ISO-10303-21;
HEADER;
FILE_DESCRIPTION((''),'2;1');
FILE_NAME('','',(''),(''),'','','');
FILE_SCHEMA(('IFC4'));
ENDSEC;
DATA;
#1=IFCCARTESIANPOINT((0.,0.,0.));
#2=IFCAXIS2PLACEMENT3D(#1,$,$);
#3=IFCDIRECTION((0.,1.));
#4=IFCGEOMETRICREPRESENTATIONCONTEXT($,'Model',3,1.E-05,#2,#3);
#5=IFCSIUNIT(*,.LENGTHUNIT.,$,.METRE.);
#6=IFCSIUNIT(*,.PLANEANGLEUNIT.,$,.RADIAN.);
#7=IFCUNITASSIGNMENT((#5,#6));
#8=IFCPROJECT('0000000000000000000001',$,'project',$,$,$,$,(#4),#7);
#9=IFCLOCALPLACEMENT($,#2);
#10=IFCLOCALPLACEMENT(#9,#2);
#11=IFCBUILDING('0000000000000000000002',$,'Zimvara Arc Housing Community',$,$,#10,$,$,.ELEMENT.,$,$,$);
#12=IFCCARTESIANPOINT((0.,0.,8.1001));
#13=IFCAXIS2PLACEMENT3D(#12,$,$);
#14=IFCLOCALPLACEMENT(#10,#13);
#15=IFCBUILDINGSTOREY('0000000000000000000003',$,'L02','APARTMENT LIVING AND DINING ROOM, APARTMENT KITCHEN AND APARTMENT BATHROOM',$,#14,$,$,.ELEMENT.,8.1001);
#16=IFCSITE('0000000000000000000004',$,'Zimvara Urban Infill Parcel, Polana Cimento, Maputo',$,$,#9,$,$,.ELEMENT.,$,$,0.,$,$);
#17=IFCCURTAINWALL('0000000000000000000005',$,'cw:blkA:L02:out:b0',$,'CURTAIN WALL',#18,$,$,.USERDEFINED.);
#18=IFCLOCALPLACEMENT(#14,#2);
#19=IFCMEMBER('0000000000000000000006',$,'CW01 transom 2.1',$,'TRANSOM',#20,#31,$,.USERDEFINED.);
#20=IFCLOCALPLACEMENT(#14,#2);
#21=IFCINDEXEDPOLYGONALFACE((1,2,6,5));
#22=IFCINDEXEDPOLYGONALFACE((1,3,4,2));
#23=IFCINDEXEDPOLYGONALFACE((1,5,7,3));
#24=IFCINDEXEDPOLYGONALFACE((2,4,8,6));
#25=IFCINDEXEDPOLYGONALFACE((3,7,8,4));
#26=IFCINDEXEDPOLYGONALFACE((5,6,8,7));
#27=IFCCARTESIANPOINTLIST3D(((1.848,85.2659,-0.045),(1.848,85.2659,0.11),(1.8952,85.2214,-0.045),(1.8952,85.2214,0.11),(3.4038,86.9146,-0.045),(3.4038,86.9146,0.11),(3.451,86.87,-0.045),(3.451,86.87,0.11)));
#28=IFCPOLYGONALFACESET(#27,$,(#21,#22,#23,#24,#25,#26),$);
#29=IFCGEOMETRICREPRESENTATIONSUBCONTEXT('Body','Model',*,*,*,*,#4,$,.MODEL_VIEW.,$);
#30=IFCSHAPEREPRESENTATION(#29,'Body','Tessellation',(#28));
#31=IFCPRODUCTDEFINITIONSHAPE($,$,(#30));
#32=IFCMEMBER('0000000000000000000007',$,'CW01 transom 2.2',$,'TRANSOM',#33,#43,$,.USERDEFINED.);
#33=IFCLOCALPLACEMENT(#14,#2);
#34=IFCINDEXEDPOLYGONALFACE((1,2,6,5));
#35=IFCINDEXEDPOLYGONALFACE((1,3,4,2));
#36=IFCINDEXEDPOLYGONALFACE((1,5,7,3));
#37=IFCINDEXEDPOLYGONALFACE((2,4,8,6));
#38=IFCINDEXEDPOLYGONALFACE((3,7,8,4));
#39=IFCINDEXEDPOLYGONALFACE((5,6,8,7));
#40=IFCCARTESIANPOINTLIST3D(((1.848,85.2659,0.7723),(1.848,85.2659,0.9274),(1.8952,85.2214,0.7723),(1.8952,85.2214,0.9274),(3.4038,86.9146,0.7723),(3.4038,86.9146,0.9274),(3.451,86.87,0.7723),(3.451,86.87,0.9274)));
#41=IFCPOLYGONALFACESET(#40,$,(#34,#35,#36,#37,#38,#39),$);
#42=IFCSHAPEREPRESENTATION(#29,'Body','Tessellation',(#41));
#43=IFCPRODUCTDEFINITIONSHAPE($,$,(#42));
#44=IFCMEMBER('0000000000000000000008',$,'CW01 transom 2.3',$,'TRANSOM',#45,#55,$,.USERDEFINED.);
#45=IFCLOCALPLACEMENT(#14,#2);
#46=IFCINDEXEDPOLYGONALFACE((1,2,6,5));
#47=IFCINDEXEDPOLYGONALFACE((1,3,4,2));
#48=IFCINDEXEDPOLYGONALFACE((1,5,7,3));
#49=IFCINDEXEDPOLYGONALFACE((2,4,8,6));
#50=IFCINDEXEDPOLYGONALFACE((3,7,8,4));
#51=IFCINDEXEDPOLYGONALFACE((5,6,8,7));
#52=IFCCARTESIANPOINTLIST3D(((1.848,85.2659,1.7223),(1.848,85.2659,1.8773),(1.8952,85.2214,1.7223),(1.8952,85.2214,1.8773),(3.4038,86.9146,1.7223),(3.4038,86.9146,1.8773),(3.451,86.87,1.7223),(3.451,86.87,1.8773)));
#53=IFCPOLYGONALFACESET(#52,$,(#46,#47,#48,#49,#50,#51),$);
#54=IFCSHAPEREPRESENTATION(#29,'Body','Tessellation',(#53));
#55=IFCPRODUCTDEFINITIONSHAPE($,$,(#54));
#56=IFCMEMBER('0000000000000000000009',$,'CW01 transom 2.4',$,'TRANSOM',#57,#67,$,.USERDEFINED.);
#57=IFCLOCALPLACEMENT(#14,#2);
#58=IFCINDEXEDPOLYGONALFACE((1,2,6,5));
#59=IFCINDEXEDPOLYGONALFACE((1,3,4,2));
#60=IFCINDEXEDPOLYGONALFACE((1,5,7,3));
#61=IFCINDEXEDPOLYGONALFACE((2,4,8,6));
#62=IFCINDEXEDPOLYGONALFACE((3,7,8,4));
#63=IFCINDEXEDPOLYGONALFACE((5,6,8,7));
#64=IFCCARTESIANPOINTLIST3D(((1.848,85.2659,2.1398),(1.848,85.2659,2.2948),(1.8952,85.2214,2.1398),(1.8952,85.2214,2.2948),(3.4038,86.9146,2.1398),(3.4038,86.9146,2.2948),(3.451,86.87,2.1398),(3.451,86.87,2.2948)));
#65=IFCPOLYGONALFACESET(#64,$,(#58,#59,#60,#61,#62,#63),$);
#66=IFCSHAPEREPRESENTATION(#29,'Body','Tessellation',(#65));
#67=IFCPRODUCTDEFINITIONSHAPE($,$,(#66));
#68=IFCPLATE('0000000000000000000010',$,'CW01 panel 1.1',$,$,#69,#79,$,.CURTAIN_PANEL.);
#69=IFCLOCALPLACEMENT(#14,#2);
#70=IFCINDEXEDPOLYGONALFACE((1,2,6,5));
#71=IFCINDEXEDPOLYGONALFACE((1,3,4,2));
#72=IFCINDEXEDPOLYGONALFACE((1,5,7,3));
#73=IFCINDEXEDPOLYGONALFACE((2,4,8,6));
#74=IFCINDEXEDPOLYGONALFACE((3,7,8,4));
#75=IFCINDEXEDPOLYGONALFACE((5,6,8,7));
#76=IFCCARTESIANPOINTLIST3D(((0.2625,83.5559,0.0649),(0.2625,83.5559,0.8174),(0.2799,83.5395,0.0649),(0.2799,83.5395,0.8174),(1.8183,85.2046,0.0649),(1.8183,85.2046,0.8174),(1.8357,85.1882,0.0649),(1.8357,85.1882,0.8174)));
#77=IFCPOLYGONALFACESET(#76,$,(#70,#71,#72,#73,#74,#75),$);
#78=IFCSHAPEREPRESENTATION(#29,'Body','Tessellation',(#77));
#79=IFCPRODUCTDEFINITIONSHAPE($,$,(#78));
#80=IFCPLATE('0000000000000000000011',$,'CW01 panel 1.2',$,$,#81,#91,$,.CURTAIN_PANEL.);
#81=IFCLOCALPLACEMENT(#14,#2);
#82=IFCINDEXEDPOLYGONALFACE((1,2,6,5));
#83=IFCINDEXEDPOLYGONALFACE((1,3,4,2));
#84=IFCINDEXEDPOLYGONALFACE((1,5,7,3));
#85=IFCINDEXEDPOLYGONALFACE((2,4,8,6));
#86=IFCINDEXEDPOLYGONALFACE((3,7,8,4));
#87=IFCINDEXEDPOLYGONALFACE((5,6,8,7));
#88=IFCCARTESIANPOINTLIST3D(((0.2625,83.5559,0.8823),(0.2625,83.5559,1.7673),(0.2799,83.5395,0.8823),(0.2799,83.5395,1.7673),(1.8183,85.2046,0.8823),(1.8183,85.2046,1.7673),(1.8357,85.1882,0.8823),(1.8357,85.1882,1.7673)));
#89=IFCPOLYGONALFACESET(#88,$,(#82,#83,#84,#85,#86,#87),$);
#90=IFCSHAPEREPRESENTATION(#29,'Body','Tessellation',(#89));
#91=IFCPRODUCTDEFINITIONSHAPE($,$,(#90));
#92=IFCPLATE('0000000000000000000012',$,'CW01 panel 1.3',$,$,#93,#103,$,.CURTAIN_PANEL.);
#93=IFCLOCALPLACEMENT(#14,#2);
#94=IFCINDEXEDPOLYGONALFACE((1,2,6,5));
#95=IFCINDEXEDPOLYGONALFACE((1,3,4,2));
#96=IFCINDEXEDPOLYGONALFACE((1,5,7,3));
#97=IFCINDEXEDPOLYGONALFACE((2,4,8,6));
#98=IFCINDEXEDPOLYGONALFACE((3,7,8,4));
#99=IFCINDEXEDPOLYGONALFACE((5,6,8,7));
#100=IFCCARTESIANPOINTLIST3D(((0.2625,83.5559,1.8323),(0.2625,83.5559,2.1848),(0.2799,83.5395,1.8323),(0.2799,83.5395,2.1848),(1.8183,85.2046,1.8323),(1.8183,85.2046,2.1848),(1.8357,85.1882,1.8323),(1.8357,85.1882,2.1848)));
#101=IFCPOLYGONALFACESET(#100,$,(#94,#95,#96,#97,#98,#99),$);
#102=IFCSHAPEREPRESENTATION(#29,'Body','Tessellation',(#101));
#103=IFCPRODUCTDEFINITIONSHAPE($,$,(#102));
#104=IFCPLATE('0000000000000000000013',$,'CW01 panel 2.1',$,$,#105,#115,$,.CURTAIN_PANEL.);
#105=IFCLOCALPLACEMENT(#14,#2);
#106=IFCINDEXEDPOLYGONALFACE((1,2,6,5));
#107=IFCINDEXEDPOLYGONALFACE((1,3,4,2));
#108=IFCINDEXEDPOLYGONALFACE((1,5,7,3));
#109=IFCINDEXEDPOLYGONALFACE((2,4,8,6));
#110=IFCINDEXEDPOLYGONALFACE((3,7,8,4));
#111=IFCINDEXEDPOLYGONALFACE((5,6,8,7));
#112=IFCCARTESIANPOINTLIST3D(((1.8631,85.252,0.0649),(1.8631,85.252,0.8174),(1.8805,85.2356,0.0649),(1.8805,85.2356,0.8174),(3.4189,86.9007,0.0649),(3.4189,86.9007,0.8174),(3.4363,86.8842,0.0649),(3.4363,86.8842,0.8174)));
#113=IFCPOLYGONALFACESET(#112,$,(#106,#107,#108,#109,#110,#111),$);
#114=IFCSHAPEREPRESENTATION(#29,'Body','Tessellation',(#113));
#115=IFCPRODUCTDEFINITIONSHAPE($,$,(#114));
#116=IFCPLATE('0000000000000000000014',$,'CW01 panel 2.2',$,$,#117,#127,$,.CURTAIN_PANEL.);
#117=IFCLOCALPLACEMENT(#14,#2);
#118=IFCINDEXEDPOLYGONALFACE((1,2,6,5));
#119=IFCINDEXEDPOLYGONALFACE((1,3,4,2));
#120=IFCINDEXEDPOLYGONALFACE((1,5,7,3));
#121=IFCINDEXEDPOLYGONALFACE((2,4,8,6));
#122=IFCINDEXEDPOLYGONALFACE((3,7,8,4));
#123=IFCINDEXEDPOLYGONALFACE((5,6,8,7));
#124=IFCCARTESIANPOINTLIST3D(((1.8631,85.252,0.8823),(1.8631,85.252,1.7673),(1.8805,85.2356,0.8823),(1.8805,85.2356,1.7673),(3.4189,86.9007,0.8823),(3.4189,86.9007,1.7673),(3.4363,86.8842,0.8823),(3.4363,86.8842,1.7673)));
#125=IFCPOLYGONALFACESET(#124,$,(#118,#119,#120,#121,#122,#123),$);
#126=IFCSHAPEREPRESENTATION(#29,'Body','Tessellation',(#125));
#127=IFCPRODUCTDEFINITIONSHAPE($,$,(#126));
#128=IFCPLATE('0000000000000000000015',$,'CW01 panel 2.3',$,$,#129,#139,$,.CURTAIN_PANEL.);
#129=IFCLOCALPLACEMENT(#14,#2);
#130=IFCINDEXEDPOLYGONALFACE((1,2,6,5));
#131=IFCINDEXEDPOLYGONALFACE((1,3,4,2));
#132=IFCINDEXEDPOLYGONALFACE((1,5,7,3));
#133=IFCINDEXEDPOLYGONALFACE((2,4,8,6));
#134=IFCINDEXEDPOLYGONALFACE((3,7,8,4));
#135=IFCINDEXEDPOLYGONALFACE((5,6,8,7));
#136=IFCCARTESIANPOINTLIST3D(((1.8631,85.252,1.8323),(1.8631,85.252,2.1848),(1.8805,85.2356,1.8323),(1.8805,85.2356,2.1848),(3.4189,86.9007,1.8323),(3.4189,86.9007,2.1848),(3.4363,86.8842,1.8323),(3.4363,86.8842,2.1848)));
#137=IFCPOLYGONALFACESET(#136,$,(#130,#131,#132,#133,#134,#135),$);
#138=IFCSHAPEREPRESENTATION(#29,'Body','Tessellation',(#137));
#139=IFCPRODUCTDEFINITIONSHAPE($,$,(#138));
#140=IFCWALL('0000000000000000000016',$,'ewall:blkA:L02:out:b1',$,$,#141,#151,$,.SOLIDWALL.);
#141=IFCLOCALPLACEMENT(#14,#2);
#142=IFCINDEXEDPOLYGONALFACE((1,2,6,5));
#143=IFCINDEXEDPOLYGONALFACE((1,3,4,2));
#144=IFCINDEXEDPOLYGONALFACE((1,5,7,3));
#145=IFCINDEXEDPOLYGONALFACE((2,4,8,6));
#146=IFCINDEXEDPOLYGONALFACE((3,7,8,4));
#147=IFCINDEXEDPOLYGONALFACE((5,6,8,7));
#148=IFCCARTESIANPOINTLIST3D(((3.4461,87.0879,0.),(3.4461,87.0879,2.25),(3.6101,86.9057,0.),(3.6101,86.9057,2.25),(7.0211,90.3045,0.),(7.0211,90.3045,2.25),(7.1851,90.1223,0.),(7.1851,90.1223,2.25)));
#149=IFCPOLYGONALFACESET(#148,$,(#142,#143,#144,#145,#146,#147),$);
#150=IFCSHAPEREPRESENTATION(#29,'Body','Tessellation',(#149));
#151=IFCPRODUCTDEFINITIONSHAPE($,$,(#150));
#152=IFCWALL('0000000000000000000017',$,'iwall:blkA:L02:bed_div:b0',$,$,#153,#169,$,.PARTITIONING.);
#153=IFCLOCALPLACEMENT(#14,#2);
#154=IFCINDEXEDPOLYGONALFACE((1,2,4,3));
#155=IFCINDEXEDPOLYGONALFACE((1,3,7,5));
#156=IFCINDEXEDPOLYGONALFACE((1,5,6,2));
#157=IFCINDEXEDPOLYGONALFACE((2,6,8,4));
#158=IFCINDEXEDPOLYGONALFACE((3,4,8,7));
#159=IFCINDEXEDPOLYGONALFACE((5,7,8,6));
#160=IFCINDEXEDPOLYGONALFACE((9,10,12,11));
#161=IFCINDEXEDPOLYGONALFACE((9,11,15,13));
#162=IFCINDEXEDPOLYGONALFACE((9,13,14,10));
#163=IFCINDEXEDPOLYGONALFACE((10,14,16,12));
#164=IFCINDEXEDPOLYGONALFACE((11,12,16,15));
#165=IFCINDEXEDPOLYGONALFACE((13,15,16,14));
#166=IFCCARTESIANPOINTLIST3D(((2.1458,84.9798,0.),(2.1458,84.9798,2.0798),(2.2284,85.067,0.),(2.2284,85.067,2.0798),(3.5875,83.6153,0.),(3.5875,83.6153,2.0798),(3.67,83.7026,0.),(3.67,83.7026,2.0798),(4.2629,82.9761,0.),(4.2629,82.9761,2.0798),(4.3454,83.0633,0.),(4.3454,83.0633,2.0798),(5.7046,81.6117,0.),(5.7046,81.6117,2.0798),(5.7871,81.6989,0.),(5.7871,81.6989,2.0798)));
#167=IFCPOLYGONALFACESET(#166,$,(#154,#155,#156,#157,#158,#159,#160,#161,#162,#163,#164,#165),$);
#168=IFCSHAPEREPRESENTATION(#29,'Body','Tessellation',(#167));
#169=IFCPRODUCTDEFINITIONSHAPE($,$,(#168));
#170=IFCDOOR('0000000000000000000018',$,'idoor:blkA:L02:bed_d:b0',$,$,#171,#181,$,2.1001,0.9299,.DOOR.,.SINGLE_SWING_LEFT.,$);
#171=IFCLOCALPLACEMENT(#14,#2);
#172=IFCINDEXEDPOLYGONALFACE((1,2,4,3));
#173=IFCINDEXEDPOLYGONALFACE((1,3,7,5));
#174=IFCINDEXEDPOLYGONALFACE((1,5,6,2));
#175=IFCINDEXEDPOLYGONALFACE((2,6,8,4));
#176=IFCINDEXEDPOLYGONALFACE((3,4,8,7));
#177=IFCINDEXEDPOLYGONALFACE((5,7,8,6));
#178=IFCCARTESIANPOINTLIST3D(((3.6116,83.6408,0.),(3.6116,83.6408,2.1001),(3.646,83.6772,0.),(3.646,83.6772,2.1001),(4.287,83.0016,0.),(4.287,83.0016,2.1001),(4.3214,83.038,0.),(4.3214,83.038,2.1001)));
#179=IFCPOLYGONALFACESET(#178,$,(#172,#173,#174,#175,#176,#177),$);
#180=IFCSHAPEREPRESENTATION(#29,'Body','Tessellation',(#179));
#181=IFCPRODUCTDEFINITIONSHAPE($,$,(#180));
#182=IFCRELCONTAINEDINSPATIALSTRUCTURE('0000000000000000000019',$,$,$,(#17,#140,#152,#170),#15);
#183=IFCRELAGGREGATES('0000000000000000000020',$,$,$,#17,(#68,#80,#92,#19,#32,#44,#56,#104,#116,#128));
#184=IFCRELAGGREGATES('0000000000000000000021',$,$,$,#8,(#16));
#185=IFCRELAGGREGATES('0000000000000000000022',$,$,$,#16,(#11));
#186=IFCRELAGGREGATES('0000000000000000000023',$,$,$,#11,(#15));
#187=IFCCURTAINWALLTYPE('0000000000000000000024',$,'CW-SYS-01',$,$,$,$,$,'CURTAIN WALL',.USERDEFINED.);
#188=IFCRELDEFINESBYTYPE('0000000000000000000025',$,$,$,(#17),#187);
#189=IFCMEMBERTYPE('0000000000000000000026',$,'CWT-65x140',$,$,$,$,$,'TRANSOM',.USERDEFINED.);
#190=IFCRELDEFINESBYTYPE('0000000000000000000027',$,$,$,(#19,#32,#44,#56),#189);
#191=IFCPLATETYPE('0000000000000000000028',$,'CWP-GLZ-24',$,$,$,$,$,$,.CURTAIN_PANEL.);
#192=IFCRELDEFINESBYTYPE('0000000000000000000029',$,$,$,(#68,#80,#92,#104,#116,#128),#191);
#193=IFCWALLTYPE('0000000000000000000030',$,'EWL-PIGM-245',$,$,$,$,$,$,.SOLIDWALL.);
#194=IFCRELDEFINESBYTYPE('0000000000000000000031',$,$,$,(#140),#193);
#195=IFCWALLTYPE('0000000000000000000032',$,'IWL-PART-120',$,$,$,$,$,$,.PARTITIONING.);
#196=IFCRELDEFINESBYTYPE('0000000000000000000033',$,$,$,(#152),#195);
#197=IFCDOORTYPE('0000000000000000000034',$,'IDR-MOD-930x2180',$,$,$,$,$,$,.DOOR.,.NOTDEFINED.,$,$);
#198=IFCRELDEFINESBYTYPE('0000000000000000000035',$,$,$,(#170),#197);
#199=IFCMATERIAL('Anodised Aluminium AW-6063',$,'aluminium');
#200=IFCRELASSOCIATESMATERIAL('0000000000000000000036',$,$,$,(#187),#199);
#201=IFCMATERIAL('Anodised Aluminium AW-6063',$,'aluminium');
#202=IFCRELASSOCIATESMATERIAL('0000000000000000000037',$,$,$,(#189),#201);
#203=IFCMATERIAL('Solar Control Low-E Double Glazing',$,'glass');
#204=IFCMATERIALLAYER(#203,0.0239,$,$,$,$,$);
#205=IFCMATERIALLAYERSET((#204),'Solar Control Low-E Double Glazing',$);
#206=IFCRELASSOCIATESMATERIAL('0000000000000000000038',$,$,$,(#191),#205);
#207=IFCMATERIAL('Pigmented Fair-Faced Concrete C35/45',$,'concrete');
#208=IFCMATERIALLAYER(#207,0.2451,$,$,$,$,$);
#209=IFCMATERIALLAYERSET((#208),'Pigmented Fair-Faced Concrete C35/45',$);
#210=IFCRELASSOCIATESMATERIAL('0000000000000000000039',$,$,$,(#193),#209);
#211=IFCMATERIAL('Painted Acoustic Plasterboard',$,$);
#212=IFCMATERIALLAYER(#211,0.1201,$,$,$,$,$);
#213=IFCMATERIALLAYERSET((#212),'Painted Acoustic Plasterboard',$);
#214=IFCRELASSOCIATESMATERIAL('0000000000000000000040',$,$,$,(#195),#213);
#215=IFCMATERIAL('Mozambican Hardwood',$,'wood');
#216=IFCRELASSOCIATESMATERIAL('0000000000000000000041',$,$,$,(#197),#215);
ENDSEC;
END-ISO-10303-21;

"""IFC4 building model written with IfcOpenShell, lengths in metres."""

from ifc_helpers import new_model, si_unit, direction, frame, frame_2d, origin, origin_2d, place, context, subcontext, project, spatial, rectangle, extrude, material, layer, layer_set, material_profile, profile_set, type_object, element, fill, aggregate, save


model = new_model("IFC4")

# Units and contexts
model_context = context("Model", 3, precision=1e-05, world=origin(), true_north=direction((0.0, 1.0)))
body_context = subcontext(model_context, "Body", "Model", "MODEL_VIEW")
ifc_project = project(units=[si_unit("LENGTHUNIT", "METRE"), si_unit("PLANEANGLEUNIT", "RADIAN")], contexts=[model_context])

# Site, building, storey
site_placement = place(None, origin())
site = spatial("IfcSite", under=ifc_project, at=site_placement, Name="Zimvara Urban Infill Parcel, Polana Cimento, Maputo", CompositionType="ELEMENT", RefElevation=0.0)
building_placement = place(site_placement, origin())
building = spatial("IfcBuilding", under=site, at=building_placement, Name="Zimvara Arc Housing Community", CompositionType="ELEMENT")
storey_placement = place(building_placement, frame((0.0, 0.0, 8.1001)))
storey = spatial("IfcBuildingStorey", under=building, at=storey_placement, Name="L02", Description="APARTMENT LIVING AND DINING ROOM, APARTMENT KITCHEN AND APARTMENT BATHROOM", CompositionType="ELEMENT", Elevation=8.1001)

# Curtain wall, members, plates
ifc_material_1 = material(Name="Anodised Aluminium AW-6063", Category="aluminium")
curtain_wall_type = type_object("IfcCurtainWallType", Name="CW-SYS-01", ElementType="CURTAIN WALL", PredefinedType="USERDEFINED", material=ifc_material_1)
curtain_wall_placement = place(storey_placement, origin())
curtain_wall = element("IfcCurtainWall", 1, at=curtain_wall_placement, inside=storey, type_object=curtain_wall_type, Name="cw:blkA:L02:out:b0", ObjectType="CURTAIN WALL", PredefinedType="USERDEFINED")
ifc_material_2 = material(Name="Anodised Aluminium AW-6063", Category="aluminium")
ifc_material_profile_1 = material_profile(ifc_material_2, rectangle(XDim=0.0649, YDim=0.155, at=origin_2d()), Name="ALU 65x155")
ifc_profile_set_1 = profile_set([ifc_material_profile_1], Name="Anodised Aluminium AW-6063")
member_type_1 = type_object("IfcMemberType", Name="CWT-65x140", ElementType="TRANSOM", PredefinedType="USERDEFINED", material=ifc_profile_set_1)
member_1_placement = place(storey_placement, frame((1.8716, 85.2437, 0.0325), z_axis=(0.686348, 0.727273, 0.0), x_axis=(-0.727273, 0.686348, 0.0)))
member_1 = element("IfcMember", 2, at=member_1_placement, type_object=member_type_1, Name="CW01 transom 2.1", ObjectType="TRANSOM", PredefinedType="USERDEFINED", context=body_context, shape_type="SweptSolid", body=[
    extrude(rectangle(XDim=0.0649, YDim=0.155, at=origin_2d()), origin(), (0.0, 0.0, 1.0), 2.2668),
])
member_2_placement = place(storey_placement, frame((1.8716, 85.2437, 0.8499), z_axis=(0.686348, 0.727273, 0.0), x_axis=(-0.727273, 0.686348, 0.0)))
member_2 = element("IfcMember", 3, at=member_2_placement, type_object=member_type_1, Name="CW01 transom 2.2", ObjectType="TRANSOM", PredefinedType="USERDEFINED", context=body_context, shape_type="SweptSolid", body=[
    extrude(rectangle(XDim=0.0649, YDim=0.155, at=origin_2d()), origin(), (0.0, 0.0, 1.0), 2.2668),
])
member_3_placement = place(storey_placement, frame((1.8716, 85.2437, 1.7998), z_axis=(0.686348, 0.727273, 0.0), x_axis=(-0.727273, 0.686348, 0.0)))
member_3 = element("IfcMember", 4, at=member_3_placement, type_object=member_type_1, Name="CW01 transom 2.3", ObjectType="TRANSOM", PredefinedType="USERDEFINED", context=body_context, shape_type="SweptSolid", body=[
    extrude(rectangle(XDim=0.0649, YDim=0.155, at=origin_2d()), origin(), (0.0, 0.0, 1.0), 2.2668),
])
member_4_placement = place(storey_placement, frame((1.8716, 85.2437, 2.2173), z_axis=(0.686348, 0.727273, 0.0), x_axis=(-0.727273, 0.686348, 0.0)))
member_4 = element("IfcMember", 5, at=member_4_placement, type_object=member_type_1, Name="CW01 transom 2.4", ObjectType="TRANSOM", PredefinedType="USERDEFINED", context=body_context, shape_type="SweptSolid", body=[
    extrude(rectangle(XDim=0.0649, YDim=0.155, at=origin_2d()), origin(), (0.0, 0.0, 1.0), 2.2668),
])
ifc_material_3 = material(Name="Solar Control Low-E Double Glazing", Category="glass")
ifc_layer_1 = layer(ifc_material_3, 0.0239)
ifc_layer_set_1 = layer_set([ifc_layer_1], Name="Solar Control Low-E Double Glazing")
plate_type = type_object("IfcPlateType", Name="CWP-GLZ-24", PredefinedType="CURTAIN_PANEL", material=ifc_layer_set_1)
plate_1_placement = place(storey_placement, frame((1.0491, 84.3721, 0.0649), z_axis=(0.0, 0.0, 1.0), x_axis=(0.686326, 0.727294, 0.0)))
plate_1 = element("IfcPlate", 6, at=plate_1_placement, type_object=plate_type, Name="CW01 panel 1.1", PredefinedType="CURTAIN_PANEL", context=body_context, shape_type="SweptSolid", body=[
    extrude(rectangle(XDim=2.2668, YDim=0.0239, at=origin_2d()), origin(), (0.0, 0.0, 1.0), 0.7524),
])
plate_2_placement = place(storey_placement, frame((1.0491, 84.3721, 0.8823), z_axis=(0.0, 0.0, 1.0), x_axis=(0.686326, 0.727294, 0.0)))
plate_2 = element("IfcPlate", 7, at=plate_2_placement, type_object=plate_type, Name="CW01 panel 1.2", PredefinedType="CURTAIN_PANEL", context=body_context, shape_type="SweptSolid", body=[
    extrude(rectangle(XDim=2.2668, YDim=0.0239, at=origin_2d()), origin(), (0.0, 0.0, 1.0), 0.885),
])
plate_3_placement = place(storey_placement, frame((1.0491, 84.3721, 1.8323), z_axis=(0.0, 0.0, 1.0), x_axis=(0.686326, 0.727294, 0.0)))
plate_3 = element("IfcPlate", 8, at=plate_3_placement, type_object=plate_type, Name="CW01 panel 1.3", PredefinedType="CURTAIN_PANEL", context=body_context, shape_type="SweptSolid", body=[
    extrude(rectangle(XDim=2.2668, YDim=0.0239, at=origin_2d()), origin(), (0.0, 0.0, 1.0), 0.3525),
])
plate_4_placement = place(storey_placement, frame((2.6497, 86.0681, 0.0649), z_axis=(0.0, 0.0, 1.0), x_axis=(0.686326, 0.727294, 0.0)))
plate_4 = element("IfcPlate", 9, at=plate_4_placement, type_object=plate_type, Name="CW01 panel 2.1", PredefinedType="CURTAIN_PANEL", context=body_context, shape_type="SweptSolid", body=[
    extrude(rectangle(XDim=2.2668, YDim=0.0239, at=origin_2d()), origin(), (0.0, 0.0, 1.0), 0.7524),
])
plate_5_placement = place(storey_placement, frame((2.6497, 86.0681, 0.8823), z_axis=(0.0, 0.0, 1.0), x_axis=(0.686326, 0.727294, 0.0)))
plate_5 = element("IfcPlate", 10, at=plate_5_placement, type_object=plate_type, Name="CW01 panel 2.2", PredefinedType="CURTAIN_PANEL", context=body_context, shape_type="SweptSolid", body=[
    extrude(rectangle(XDim=2.2668, YDim=0.0239, at=origin_2d()), origin(), (0.0, 0.0, 1.0), 0.885),
])
plate_6_placement = place(storey_placement, frame((2.6497, 86.0681, 1.8323), z_axis=(0.0, 0.0, 1.0), x_axis=(0.686326, 0.727294, 0.0)))
plate_6 = element("IfcPlate", 11, at=plate_6_placement, type_object=plate_type, Name="CW01 panel 2.3", PredefinedType="CURTAIN_PANEL", context=body_context, shape_type="SweptSolid", body=[
    extrude(rectangle(XDim=2.2668, YDim=0.0239, at=origin_2d()), origin(), (0.0, 0.0, 1.0), 0.3525),
])
aggregate(curtain_wall, [plate_1, plate_2, plate_3, member_1, member_2, member_3, member_4, plate_4, plate_5, plate_6])

# Wall
ifc_material_4 = material(Name="Pigmented Fair-Faced Concrete C35/45", Category="concrete")
ifc_layer_2 = layer(ifc_material_4, 0.2451)
ifc_layer_set_2 = layer_set([ifc_layer_2], Name="Pigmented Fair-Faced Concrete C35/45")
wall_type_1 = type_object("IfcWallType", Name="EWL-PIGM-245", PredefinedType="SOLIDWALL", material=ifc_layer_set_2)
wall_1_placement = place(storey_placement, frame((3.5281, 86.9968, 0.0), z_axis=(0.0, 0.0, 1.0), x_axis=(0.743388, 0.668861, 0.0)))
element("IfcWall", 12, at=wall_1_placement, inside=storey, type_object=wall_type_1, Name="ewall:blkA:L02:out:b1", PredefinedType="SOLIDWALL", context=body_context, shape_type="SweptSolid", body=[
    extrude(rectangle(XDim=4.8091, YDim=0.2451, at=frame_2d((2.4045, 0.0))), origin(), (0.0, 0.0, 1.0), 2.25),
])

# Wall, opening, door
ifc_material_5 = material(Name="Painted Acoustic Plasterboard")
ifc_layer_3 = layer(ifc_material_5, 0.1201)
ifc_layer_set_3 = layer_set([ifc_layer_3], Name="Painted Acoustic Plasterboard")
wall_type_2 = type_object("IfcWallType", Name="IWL-PART-120", PredefinedType="PARTITIONING", material=ifc_layer_set_3)
wall_2_placement = place(storey_placement, frame((5.7458, 81.6553, 0.0), z_axis=(0.0, 0.0, 1.0), x_axis=(-0.726296, 0.687382, 0.0)))
wall_2 = element("IfcWall", 13, at=wall_2_placement, inside=storey, type_object=wall_type_2, Name="iwall:blkA:L02:bed_div:b0", PredefinedType="PARTITIONING", context=body_context, shape_type="SweptSolid", body=[
    extrude(rectangle(XDim=4.8999, YDim=0.1201, at=frame_2d((2.45, 0.0))), origin(), (0.0, 0.0, 1.0), 2.0798),
])
opening_placement = place(wall_2_placement, frame((1.9851, 0.0, 0.0)))
opening = element("IfcOpeningElement", 14, at=opening_placement, cuts=wall_2, PredefinedType="OPENING", context=body_context, shape_type="SweptSolid", body=[
    extrude(rectangle(XDim=0.9299, YDim=2.1001, at=frame_2d((0.4648, 1.05))), frame((0.0, 0.0701, 0.0), z_axis=(0.0, -1.0, 0.0), x_axis=(1.0, 0.0, 0.0)), (0.0, 0.0, 1.0), 0.1401),
])
ifc_material_6 = material(Name="Mozambican Hardwood", Category="wood")
door_type = type_object("IfcDoorType", Name="IDR-MOD-930x2180", OperationType="NOTDEFINED", PredefinedType="DOOR", material=ifc_material_6)
door_placement = place(opening_placement, origin())
door = element("IfcDoor", 15, at=door_placement, inside=storey, type_object=door_type, Name="idoor:blkA:L02:bed_d:b0", OperationType="SINGLE_SWING_LEFT", OverallHeight=2.1001, OverallWidth=0.9299, PredefinedType="DOOR", context=body_context, shape_type="SweptSolid", body=[
    extrude(rectangle(XDim=0.9299, YDim=2.1001, at=frame_2d((0.4648, 1.05))), frame((0.0, 0.0249, 0.0), z_axis=(0.0, -1.0, 0.0), x_axis=(1.0, 0.0, 0.0)), (0.0, 0.0, 1.0), 0.05),
])
fill(opening, door)

save(model, "model.ifc")
